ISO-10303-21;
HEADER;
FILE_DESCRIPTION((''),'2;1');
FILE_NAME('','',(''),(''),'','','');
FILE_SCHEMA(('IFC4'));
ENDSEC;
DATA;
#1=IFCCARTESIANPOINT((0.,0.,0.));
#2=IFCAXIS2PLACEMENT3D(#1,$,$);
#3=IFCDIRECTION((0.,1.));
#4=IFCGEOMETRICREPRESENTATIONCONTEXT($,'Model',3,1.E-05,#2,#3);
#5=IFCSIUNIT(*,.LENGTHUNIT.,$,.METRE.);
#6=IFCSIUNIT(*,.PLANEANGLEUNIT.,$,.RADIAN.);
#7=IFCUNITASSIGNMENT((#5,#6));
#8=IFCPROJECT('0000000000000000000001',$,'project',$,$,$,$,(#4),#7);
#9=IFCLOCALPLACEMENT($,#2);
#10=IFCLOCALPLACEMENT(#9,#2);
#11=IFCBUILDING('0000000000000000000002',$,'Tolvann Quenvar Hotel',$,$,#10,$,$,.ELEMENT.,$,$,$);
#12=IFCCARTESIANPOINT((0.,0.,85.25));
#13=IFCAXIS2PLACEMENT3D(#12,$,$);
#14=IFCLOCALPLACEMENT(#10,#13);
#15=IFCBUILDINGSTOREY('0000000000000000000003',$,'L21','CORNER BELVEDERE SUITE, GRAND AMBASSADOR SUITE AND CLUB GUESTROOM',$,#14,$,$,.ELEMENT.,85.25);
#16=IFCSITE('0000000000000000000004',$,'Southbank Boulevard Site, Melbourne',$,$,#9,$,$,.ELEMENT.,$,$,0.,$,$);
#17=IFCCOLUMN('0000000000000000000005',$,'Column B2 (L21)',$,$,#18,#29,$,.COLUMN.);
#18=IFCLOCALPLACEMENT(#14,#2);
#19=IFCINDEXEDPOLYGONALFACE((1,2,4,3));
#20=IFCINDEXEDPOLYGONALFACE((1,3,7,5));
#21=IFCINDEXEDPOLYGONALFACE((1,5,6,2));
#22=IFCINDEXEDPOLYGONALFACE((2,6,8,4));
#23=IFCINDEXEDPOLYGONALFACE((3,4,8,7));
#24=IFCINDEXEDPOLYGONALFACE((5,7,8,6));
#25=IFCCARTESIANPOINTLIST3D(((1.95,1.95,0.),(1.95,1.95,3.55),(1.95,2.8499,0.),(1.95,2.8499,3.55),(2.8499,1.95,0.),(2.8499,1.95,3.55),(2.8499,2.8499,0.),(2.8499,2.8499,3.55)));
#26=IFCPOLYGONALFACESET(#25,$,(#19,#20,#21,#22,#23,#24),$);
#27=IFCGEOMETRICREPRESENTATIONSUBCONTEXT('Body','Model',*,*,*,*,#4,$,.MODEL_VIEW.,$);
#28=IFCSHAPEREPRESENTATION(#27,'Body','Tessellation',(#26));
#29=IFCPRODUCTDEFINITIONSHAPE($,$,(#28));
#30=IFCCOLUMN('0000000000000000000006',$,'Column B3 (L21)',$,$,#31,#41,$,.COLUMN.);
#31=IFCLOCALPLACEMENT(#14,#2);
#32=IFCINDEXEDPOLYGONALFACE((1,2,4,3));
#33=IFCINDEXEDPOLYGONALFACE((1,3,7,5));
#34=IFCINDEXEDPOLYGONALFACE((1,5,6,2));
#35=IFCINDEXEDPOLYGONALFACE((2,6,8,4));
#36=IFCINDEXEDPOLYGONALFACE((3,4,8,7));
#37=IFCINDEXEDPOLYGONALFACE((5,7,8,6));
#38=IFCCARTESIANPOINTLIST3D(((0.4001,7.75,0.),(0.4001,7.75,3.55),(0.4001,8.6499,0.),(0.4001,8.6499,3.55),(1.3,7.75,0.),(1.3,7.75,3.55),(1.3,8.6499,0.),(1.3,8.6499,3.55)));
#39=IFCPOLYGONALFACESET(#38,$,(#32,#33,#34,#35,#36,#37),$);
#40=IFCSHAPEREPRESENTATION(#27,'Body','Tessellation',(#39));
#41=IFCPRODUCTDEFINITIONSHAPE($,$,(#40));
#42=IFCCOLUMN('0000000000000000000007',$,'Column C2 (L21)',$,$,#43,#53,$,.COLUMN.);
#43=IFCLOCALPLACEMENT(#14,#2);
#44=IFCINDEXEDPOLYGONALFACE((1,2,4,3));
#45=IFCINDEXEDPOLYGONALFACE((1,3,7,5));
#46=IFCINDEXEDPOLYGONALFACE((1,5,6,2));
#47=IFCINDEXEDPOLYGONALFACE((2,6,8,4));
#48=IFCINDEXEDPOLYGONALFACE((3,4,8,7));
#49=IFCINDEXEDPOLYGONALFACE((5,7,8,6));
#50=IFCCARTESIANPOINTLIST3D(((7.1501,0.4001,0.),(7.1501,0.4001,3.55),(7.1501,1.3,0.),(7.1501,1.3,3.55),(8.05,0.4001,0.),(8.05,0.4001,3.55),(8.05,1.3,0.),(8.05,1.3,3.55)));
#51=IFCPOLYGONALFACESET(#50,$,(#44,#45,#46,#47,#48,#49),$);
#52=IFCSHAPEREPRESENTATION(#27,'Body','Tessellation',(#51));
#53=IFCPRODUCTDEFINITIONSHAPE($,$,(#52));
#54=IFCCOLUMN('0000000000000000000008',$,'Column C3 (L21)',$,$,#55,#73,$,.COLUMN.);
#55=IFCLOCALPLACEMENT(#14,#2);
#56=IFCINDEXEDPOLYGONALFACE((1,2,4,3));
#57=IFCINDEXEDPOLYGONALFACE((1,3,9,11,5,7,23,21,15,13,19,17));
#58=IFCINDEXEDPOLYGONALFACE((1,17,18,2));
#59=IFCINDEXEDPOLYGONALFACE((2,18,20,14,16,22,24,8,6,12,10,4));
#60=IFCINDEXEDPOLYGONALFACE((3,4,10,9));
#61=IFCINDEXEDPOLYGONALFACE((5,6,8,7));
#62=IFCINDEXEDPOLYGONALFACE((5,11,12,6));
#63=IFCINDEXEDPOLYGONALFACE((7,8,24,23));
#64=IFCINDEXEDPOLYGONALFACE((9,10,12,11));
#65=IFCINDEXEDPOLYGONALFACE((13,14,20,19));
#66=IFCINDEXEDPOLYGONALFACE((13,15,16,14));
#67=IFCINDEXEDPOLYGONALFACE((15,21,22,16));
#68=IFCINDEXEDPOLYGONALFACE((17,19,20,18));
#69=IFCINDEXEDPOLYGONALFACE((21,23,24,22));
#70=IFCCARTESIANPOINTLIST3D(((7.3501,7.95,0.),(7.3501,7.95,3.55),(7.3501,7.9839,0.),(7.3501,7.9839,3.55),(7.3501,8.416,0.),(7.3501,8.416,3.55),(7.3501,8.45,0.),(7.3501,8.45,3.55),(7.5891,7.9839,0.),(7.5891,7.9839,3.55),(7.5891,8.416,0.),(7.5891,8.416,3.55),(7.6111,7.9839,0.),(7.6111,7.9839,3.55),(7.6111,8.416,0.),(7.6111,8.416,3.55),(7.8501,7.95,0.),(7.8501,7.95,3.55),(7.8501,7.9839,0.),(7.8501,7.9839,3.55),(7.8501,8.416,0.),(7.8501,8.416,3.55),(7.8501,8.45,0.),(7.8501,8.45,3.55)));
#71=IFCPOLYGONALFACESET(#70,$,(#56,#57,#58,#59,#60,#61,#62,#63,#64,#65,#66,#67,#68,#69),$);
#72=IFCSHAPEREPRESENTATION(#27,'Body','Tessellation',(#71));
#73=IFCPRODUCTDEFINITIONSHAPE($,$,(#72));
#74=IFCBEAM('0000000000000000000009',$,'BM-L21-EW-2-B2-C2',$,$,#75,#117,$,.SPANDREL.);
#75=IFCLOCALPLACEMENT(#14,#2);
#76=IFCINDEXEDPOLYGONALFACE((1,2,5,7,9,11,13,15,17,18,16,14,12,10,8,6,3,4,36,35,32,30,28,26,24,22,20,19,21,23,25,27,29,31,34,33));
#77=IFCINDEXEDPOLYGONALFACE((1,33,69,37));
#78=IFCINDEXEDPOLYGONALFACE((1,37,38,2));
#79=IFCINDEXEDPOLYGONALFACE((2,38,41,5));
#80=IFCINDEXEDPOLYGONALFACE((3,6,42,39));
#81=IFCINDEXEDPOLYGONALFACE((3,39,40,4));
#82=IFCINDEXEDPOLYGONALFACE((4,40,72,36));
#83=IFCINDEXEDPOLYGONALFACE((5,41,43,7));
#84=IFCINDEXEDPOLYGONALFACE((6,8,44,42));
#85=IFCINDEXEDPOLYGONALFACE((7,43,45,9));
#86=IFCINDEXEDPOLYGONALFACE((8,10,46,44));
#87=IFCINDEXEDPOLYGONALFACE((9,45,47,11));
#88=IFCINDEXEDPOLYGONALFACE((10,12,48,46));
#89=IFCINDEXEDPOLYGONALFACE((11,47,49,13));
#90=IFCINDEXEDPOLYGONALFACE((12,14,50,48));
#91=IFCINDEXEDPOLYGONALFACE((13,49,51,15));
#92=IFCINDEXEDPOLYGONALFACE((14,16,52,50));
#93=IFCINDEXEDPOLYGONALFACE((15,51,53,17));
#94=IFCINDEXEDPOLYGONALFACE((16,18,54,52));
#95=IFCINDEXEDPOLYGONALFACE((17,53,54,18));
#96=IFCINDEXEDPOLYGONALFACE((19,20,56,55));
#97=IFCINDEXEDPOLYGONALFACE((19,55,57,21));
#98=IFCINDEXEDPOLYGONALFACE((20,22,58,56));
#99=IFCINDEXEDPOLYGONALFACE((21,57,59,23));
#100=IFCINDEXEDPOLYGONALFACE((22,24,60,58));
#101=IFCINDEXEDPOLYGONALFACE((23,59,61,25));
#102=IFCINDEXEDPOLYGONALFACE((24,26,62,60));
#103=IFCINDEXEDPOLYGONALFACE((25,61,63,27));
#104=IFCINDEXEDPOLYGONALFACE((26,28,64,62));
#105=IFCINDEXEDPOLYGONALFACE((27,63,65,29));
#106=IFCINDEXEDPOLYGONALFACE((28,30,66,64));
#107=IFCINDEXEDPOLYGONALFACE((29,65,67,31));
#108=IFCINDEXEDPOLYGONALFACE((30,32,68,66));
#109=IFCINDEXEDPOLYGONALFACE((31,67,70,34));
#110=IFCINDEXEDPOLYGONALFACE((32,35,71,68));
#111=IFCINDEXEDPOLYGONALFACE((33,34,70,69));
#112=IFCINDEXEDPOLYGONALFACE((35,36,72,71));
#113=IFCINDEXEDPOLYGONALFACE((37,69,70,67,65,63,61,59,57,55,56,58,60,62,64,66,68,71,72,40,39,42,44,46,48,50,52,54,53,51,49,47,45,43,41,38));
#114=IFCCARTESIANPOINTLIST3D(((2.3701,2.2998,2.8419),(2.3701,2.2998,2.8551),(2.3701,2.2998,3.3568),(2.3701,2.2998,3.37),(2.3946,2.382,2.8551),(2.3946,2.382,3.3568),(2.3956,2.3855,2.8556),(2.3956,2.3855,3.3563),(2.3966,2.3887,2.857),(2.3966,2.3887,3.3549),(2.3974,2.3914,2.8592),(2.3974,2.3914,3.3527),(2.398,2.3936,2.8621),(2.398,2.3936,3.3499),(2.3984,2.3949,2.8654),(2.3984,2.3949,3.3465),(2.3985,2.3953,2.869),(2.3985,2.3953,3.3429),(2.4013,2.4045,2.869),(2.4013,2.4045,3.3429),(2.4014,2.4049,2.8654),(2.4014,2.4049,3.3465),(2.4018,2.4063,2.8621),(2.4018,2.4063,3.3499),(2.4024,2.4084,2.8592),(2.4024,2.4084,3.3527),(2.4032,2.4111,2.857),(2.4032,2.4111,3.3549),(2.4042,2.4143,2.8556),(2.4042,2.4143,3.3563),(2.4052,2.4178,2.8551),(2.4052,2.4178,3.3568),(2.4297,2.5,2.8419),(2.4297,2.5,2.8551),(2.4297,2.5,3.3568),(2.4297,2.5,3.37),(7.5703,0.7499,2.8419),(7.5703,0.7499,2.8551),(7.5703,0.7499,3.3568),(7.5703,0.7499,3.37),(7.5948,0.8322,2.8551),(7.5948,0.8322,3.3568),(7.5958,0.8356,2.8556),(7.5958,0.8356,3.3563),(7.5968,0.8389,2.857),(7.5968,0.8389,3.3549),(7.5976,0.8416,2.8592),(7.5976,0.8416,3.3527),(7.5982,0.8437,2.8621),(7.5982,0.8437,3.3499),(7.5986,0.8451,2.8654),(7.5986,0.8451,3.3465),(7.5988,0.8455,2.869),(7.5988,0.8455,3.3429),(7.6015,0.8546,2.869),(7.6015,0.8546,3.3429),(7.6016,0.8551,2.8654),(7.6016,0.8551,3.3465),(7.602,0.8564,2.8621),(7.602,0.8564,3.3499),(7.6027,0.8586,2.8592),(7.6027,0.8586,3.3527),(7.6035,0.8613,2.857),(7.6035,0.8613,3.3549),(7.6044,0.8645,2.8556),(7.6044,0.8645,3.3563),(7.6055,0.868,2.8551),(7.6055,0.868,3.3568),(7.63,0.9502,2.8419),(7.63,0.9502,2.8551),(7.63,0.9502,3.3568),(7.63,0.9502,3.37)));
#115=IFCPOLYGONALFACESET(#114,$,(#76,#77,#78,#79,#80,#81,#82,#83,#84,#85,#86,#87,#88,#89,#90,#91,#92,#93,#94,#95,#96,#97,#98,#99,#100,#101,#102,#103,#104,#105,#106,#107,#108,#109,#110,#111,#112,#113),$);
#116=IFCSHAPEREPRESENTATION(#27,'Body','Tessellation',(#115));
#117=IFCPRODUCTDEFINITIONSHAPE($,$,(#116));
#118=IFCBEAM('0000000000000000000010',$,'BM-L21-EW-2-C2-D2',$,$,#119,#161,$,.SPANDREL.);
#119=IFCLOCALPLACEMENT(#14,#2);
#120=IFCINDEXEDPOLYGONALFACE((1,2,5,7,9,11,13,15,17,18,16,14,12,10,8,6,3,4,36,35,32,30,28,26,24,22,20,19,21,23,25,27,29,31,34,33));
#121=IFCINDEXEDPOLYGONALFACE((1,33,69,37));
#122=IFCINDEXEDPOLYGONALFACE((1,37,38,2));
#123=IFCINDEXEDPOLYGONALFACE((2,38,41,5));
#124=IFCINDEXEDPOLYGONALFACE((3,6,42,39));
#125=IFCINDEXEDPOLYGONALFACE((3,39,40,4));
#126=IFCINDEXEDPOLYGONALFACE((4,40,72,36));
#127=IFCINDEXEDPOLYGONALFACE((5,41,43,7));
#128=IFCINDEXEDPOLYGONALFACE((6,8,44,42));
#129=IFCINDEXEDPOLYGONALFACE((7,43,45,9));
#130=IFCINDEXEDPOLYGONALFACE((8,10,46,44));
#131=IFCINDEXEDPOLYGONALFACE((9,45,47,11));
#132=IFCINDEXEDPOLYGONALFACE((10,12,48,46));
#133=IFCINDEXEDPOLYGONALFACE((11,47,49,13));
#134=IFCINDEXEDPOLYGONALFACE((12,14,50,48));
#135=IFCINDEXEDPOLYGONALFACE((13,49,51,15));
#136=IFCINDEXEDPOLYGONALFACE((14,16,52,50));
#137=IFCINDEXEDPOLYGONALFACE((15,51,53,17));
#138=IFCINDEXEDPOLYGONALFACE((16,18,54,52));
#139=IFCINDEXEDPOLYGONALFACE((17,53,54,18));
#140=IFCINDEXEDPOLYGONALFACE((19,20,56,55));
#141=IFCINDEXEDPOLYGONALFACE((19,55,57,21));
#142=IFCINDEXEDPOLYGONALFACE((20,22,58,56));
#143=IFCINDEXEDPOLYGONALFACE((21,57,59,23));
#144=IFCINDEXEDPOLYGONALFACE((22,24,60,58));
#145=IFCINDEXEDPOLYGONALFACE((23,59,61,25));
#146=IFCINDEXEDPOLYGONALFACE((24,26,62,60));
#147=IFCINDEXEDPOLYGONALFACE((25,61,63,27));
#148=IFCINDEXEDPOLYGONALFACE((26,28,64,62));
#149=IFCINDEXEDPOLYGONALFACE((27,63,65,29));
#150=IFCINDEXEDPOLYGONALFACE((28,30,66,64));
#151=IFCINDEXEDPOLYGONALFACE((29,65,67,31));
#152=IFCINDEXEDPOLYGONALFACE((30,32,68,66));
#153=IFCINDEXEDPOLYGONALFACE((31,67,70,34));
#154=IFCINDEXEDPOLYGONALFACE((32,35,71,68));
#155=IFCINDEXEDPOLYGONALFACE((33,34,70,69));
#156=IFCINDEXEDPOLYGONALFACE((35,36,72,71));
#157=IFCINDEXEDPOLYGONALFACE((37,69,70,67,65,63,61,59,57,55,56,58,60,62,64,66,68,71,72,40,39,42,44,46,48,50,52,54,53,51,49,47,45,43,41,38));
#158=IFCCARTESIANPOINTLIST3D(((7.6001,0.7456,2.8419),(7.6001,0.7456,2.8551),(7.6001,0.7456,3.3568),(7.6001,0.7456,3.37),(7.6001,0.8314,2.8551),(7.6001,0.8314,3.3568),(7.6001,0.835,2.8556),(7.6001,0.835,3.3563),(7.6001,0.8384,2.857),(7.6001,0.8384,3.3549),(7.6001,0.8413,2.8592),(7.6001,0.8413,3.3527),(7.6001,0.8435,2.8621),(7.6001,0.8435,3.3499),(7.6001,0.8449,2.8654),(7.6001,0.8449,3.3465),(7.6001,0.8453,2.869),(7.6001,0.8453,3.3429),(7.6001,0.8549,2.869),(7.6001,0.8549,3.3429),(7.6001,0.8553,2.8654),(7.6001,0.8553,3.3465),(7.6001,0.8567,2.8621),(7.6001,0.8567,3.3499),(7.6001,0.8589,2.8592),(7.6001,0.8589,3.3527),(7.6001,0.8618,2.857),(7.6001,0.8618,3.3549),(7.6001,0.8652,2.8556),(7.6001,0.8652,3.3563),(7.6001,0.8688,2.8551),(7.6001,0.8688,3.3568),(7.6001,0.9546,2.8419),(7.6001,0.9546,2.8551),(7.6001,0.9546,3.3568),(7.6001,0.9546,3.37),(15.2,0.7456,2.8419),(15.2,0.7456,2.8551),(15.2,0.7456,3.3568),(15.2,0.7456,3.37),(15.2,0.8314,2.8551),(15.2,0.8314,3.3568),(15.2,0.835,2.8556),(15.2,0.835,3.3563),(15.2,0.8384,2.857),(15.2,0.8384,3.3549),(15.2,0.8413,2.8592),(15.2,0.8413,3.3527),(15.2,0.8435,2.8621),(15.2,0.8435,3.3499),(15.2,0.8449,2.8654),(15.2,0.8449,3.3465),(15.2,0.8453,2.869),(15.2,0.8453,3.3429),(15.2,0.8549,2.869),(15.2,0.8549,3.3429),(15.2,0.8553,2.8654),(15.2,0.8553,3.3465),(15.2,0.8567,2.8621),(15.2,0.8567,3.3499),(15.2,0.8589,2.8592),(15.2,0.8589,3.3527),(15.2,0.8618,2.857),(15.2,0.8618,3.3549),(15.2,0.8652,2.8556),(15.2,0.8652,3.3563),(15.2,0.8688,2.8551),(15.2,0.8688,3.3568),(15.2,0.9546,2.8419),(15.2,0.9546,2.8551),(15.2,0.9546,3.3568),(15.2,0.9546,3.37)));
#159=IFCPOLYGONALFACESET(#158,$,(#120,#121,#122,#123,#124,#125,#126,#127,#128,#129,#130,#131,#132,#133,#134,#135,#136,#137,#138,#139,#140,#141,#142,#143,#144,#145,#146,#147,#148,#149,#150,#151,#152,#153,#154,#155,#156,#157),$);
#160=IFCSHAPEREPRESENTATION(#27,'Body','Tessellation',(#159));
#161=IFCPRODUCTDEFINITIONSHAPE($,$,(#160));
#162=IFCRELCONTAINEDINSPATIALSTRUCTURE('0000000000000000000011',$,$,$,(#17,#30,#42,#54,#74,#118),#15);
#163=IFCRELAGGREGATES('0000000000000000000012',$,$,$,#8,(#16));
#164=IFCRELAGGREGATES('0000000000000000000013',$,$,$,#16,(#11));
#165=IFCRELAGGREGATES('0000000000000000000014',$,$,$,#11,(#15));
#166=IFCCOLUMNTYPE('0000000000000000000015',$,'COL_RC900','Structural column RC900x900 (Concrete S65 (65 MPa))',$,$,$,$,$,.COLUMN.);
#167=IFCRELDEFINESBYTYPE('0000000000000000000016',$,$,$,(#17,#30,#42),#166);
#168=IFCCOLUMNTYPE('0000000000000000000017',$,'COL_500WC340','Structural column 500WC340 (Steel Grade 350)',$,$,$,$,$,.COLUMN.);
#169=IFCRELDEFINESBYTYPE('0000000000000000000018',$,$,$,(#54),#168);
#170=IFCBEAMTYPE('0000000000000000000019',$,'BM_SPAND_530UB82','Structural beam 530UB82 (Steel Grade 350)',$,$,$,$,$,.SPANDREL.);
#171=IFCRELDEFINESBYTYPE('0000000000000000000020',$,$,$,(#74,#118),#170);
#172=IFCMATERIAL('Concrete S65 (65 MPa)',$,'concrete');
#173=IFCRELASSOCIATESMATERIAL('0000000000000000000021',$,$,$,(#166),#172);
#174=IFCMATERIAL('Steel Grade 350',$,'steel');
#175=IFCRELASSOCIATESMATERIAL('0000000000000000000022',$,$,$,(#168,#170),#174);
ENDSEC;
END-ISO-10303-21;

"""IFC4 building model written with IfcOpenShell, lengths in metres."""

from ifc_helpers import new_model, si_unit, direction, frame, origin, origin_2d, place, context, subcontext, project, spatial, rectangle, i_section, extrude, source, transform, mapped, material, material_profile, profile_set, type_object, type_shapes, element, save


model = new_model("IFC4")

# Units and contexts
model_context = context("Model", 3, precision=1e-05, world=origin(), true_north=direction((0.0, 1.0)))
body_context = subcontext(model_context, "Body", "Model", "MODEL_VIEW")
ifc_project = project(units=[si_unit("LENGTHUNIT", "METRE"), si_unit("PLANEANGLEUNIT", "RADIAN")], contexts=[model_context])

# Site, building, storey
site_placement = place(None, origin())
site = spatial("IfcSite", under=ifc_project, at=site_placement, Name="Southbank Boulevard Site, Melbourne", CompositionType="ELEMENT", RefElevation=0.0)
building_placement = place(site_placement, origin())
building = spatial("IfcBuilding", under=site, at=building_placement, Name="Tolvann Quenvar Hotel", CompositionType="ELEMENT")
storey_placement = place(building_placement, frame((0.0, 0.0, 85.25)))
storey = spatial("IfcBuildingStorey", under=building, at=storey_placement, Name="L21", Description="CORNER BELVEDERE SUITE, GRAND AMBASSADOR SUITE AND CLUB GUESTROOM", CompositionType="ELEMENT", Elevation=85.25)

# Columns
ifc_material_1 = material(Name="Concrete S65 (65 MPa)", Category="concrete")
ifc_material_profile_1 = material_profile(ifc_material_1, rectangle(XDim=0.8999, YDim=0.8999, at=origin_2d()), Name="RC900x900")
ifc_profile_set_1 = profile_set([ifc_material_profile_1], Name="Concrete S65 (65 MPa)")
column_type_1 = type_object("IfcColumnType", Name="COL_RC900", Description="Structural column RC900x900 (Concrete S65 (65 MPa))", PredefinedType="COLUMN", material=ifc_profile_set_1)
shared_shape_1 = source(origin(), body_context, "Body", "SweptSolid", [
    extrude(rectangle(XDim=0.8999, YDim=0.8999, at=origin_2d()), origin(), (0.0, 0.0, 1.0), 3.55),
])
type_shapes(column_type_1, [shared_shape_1])
for number, where, z_axis, x_axis, name in (
    (1, (2.3999, 2.3999, 0.0), (0.0, 0.0, 1.0), (1.0, 0.0, 0.0), "Column B2 (L21)"),
    (2, (0.8501, 8.2, 0.0), (0.0, 0.0, 1.0), (1.0, 0.0, 0.0), "Column B3 (L21)"),
    (3, (7.6001, 0.8501, 0.0), (0.0, 0.0, 1.0), (1.0, 0.0, 0.0), "Column C2 (L21)"),
):
    element("IfcColumn", number, at=place(storey_placement, frame(where, z_axis=z_axis, x_axis=x_axis)), inside=storey, type_object=column_type_1, Name=name, PredefinedType="COLUMN", context=body_context, shape_type="MappedRepresentation", body=[
        mapped(shared_shape_1, transform((0.0, 0.0, 0.0), x_axis=(1.0, 0.0, 0.0), y_axis=(0.0, 1.0, 0.0), z_axis=(0.0, 0.0, 1.0), scale=1.0)),
    ])
ifc_material_2 = material(Name="Steel Grade 350", Category="steel")
ifc_material_profile_2 = material_profile(ifc_material_2, i_section(OverallWidth=0.5, OverallDepth=0.5, WebThickness=0.022, FlangeThickness=0.0339, at=origin_2d()), Name="500WC340")
ifc_profile_set_2 = profile_set([ifc_material_profile_2], Name="Steel Grade 350")
column_type_2 = type_object("IfcColumnType", Name="COL_500WC340", Description="Structural column 500WC340 (Steel Grade 350)", PredefinedType="COLUMN", material=ifc_profile_set_2)
shared_shape_2 = source(origin(), body_context, "Body", "SweptSolid", [
    extrude(i_section(OverallWidth=0.5, OverallDepth=0.5, WebThickness=0.022, FlangeThickness=0.0339, at=origin_2d()), origin(), (0.0, 0.0, 1.0), 3.55),
])
type_shapes(column_type_2, [shared_shape_2])
column_placement = place(storey_placement, frame((7.6001, 8.2, 0.0), z_axis=(0.0, 0.0, 1.0), x_axis=(1.0, 0.0, 0.0)))
element("IfcColumn", 4, at=column_placement, inside=storey, type_object=column_type_2, Name="Column C3 (L21)", PredefinedType="COLUMN", context=body_context, shape_type="MappedRepresentation", body=[
    mapped(shared_shape_2, transform((0.0, 0.0, 0.0), x_axis=(1.0, 0.0, 0.0), y_axis=(0.0, 1.0, 0.0), z_axis=(0.0, 0.0, 1.0), scale=1.0)),
])

# Beams
ifc_material_profile_3 = material_profile(ifc_material_2, i_section(OverallWidth=0.209, OverallDepth=0.5281, WebThickness=0.0095, FlangeThickness=0.0132, FilletRadius=0.0139, at=origin_2d()), Name="530UB82")
ifc_profile_set_3 = profile_set([ifc_material_profile_3], Name="Steel Grade 350")
beam_type_1 = type_object("IfcBeamType", Name="BM_SPAND_530UB82", Description="Structural beam 530UB82 (Steel Grade 350)", PredefinedType="SPANDREL", material=ifc_profile_set_3)
shared_shape_3 = source(origin(), body_context, "Body", "SweptSolid", [
    extrude(i_section(OverallWidth=0.209, OverallDepth=0.5281, WebThickness=0.0095, FlangeThickness=0.0132, FilletRadius=0.0139, at=origin_2d()), origin(), (0.0, 0.0, 1.0), 5.4263),
])
beam_1_placement = place(storey_placement, frame((2.3999, 2.3999, 3.106), z_axis=(0.958345, -0.285614, 0.0), x_axis=(0.285614, 0.958345, 0.0)))
element("IfcBeam", 5, at=beam_1_placement, inside=storey, type_object=beam_type_1, Name="BM-L21-EW-2-B2-C2", PredefinedType="SPANDREL", context=body_context, shape_type="MappedRepresentation", body=[
    mapped(shared_shape_3, transform((0.0, 0.0, 0.0), x_axis=(1.0, 0.0, 0.0), y_axis=(0.0, 1.0, 0.0), z_axis=(0.0, 0.0, 1.0), scale=1.0)),
])
shared_shape_4 = source(origin(), body_context, "Body", "SweptSolid", [
    extrude(i_section(OverallWidth=0.209, OverallDepth=0.5281, WebThickness=0.0095, FlangeThickness=0.0132, FilletRadius=0.0139, at=origin_2d()), origin(), (0.0, 0.0, 1.0), 7.5999),
])
beam_2_placement = place(storey_placement, frame((7.6001, 0.8501, 3.106), z_axis=(1.0, 0.0, 0.0), x_axis=(0.0, 1.0, 0.0)))
element("IfcBeam", 6, at=beam_2_placement, inside=storey, type_object=beam_type_1, Name="BM-L21-EW-2-C2-D2", PredefinedType="SPANDREL", context=body_context, shape_type="MappedRepresentation", body=[
    mapped(shared_shape_4, transform((0.0, 0.0, 0.0), x_axis=(1.0, 0.0, 0.0), y_axis=(0.0, 1.0, 0.0), z_axis=(0.0, 0.0, 1.0), scale=1.0)),
])

save(model, "model.ifc")
